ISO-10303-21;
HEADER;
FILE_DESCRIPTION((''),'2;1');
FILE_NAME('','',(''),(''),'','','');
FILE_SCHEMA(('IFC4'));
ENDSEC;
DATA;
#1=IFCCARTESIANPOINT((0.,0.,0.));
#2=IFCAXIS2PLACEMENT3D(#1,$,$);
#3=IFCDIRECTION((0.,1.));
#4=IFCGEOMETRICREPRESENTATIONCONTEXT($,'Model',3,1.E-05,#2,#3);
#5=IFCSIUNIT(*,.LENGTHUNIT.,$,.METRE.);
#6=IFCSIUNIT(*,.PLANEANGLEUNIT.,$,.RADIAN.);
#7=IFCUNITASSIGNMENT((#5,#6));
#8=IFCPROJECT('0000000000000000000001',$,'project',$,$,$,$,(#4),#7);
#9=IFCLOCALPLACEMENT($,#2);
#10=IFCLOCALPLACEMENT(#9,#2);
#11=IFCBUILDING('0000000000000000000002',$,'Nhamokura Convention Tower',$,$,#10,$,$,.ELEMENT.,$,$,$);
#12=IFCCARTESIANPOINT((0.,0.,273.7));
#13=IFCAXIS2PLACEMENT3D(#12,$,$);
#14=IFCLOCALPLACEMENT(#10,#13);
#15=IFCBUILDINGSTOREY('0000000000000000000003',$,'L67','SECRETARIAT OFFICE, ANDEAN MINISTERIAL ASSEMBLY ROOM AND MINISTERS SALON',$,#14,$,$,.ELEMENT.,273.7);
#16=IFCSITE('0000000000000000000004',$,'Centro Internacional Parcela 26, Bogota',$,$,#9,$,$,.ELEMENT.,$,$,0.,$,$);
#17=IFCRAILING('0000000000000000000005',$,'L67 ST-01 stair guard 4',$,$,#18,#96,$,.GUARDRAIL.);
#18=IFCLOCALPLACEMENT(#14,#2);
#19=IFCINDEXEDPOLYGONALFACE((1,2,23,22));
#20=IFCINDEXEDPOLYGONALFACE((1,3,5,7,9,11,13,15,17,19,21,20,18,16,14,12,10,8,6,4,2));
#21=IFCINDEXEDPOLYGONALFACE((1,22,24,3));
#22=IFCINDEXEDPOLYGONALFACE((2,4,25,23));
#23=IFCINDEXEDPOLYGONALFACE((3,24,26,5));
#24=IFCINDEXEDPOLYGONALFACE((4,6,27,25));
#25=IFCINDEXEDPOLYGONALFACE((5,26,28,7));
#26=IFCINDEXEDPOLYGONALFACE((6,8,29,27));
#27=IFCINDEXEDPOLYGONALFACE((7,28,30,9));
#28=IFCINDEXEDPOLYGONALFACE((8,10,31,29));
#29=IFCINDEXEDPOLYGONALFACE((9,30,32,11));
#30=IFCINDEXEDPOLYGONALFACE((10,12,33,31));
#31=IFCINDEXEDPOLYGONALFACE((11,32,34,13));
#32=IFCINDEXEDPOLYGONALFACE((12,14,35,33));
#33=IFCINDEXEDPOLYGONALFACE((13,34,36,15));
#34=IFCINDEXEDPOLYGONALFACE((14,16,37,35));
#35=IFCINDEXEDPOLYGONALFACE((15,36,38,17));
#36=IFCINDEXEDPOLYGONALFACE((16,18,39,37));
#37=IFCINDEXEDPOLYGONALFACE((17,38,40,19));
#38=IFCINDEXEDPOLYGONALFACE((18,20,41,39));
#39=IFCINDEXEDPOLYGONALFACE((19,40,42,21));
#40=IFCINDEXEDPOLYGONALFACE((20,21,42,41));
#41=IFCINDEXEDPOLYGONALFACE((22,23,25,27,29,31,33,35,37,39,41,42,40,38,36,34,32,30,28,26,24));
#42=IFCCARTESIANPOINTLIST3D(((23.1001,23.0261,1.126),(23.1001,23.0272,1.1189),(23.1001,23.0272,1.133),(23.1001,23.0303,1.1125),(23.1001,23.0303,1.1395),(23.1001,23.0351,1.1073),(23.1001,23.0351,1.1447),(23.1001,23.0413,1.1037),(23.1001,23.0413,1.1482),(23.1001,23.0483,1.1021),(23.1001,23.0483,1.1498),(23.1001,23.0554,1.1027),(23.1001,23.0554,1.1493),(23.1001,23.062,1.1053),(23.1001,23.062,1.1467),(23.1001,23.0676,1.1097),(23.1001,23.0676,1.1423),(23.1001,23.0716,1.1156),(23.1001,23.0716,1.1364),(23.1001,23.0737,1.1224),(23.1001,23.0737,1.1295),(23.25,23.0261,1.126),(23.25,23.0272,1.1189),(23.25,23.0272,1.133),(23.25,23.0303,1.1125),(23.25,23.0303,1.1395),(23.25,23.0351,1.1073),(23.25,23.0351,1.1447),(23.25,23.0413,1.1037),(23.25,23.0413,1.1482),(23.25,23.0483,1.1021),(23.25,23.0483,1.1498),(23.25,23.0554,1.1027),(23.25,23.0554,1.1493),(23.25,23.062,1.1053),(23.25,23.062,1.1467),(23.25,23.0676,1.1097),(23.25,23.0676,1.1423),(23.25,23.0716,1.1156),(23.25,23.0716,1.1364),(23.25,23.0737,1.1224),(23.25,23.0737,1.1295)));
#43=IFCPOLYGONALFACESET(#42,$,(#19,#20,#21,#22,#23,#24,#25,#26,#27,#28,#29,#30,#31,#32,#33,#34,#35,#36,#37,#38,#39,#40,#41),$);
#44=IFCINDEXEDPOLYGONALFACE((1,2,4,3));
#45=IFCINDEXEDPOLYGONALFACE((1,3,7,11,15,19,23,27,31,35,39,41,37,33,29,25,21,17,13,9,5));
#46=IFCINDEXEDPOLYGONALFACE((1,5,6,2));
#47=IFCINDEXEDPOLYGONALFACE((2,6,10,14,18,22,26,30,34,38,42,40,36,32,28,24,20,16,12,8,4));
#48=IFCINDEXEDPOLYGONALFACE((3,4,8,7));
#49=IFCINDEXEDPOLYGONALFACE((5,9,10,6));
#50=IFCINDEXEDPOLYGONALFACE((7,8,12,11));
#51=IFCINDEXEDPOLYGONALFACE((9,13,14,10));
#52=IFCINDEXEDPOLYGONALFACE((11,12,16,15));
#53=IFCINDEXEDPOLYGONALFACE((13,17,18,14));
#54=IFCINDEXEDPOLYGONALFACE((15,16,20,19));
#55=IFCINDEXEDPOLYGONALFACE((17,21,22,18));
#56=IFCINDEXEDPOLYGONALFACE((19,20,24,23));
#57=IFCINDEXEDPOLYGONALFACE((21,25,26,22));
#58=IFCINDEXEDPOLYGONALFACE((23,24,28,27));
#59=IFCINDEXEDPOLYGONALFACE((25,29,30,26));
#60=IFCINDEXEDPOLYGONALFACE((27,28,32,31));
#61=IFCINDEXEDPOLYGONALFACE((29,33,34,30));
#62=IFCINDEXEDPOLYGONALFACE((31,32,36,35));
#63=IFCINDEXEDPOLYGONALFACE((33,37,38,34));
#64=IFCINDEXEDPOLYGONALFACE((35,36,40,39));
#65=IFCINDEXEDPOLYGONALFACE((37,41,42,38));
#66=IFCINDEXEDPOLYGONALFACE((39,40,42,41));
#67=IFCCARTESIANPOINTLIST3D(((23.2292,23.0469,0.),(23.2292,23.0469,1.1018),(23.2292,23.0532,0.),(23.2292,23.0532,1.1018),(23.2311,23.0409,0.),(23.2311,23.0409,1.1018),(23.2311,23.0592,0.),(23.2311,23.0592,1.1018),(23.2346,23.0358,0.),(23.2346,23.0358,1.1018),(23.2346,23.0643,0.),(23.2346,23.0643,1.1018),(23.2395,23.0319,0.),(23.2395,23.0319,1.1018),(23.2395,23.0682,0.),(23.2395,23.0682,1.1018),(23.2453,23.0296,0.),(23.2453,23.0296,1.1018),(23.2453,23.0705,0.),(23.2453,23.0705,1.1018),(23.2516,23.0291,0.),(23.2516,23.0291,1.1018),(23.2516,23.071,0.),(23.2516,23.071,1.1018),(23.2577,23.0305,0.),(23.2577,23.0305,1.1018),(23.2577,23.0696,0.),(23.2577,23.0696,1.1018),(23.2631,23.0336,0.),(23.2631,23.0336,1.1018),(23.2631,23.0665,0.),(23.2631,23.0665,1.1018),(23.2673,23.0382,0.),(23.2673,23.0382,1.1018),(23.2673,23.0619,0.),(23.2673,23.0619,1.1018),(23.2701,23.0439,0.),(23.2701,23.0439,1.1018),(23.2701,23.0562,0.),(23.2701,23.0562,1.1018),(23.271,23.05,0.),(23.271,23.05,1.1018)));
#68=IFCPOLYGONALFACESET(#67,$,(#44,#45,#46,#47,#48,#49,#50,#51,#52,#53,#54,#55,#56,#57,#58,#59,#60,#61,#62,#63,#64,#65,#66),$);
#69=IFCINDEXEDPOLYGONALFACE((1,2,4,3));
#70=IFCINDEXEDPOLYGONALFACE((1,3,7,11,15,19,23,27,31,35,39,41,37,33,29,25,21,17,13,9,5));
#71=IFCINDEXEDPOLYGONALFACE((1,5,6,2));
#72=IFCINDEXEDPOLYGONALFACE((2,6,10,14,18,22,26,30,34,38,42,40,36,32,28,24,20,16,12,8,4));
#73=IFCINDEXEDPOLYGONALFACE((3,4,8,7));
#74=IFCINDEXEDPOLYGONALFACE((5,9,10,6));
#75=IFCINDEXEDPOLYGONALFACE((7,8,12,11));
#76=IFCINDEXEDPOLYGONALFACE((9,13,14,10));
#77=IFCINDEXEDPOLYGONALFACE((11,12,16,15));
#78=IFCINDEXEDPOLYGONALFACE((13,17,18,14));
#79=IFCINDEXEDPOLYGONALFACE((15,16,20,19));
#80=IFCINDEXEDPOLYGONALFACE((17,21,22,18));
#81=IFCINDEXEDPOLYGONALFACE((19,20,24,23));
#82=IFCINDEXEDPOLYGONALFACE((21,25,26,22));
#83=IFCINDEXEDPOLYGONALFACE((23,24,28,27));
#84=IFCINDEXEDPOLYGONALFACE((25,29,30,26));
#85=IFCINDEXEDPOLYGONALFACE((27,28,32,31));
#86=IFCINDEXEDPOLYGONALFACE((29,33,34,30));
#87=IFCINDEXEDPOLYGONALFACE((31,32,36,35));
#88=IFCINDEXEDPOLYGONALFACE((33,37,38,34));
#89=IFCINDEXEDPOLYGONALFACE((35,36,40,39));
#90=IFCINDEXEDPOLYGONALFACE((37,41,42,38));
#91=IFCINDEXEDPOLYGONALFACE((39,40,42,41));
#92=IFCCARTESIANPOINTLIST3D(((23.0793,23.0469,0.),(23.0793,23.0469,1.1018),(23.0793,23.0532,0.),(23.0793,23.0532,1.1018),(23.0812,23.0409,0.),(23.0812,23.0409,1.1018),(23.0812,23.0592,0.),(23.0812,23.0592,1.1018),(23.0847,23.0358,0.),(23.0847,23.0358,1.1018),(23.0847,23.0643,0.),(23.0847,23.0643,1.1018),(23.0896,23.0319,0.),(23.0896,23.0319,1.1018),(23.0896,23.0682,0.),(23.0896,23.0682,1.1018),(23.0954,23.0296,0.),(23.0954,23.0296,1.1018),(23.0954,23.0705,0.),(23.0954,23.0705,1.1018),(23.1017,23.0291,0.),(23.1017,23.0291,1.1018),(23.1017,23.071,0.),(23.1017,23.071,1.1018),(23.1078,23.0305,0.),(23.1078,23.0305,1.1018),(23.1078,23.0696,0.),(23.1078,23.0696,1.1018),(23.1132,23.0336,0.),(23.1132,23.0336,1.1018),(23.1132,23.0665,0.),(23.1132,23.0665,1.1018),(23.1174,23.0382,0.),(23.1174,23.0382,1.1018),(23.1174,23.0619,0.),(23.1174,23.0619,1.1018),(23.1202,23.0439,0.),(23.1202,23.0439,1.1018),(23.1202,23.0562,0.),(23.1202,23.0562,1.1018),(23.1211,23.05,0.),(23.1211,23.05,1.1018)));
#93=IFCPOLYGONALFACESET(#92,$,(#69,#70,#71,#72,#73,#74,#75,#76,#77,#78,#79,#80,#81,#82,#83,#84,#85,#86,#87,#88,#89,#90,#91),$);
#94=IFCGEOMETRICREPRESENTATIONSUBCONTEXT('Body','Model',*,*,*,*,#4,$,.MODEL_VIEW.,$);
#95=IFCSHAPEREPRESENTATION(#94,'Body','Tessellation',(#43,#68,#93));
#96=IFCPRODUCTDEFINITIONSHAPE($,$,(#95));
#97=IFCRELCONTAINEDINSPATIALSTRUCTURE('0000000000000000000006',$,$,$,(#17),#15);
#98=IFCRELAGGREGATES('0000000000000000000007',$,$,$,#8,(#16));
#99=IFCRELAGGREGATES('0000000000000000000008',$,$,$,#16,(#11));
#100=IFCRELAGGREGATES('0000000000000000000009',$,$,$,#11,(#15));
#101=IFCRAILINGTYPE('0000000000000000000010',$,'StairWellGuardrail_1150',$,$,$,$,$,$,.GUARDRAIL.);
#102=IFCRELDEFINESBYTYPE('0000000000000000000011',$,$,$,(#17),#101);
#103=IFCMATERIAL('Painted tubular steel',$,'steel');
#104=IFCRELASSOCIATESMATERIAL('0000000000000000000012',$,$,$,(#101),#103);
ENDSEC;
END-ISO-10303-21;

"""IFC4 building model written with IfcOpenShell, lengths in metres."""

from ifc_helpers import new_model, si_unit, direction, frame, origin, origin_2d, place, context, subcontext, project, spatial, circle, extrude, material, type_object, element, save


model = new_model("IFC4")

# Units and contexts
model_context = context("Model", 3, precision=1e-05, world=origin(), true_north=direction((0.0, 1.0)))
body_context = subcontext(model_context, "Body", "Model", "MODEL_VIEW")
ifc_project = project(units=[si_unit("LENGTHUNIT", "METRE"), si_unit("PLANEANGLEUNIT", "RADIAN")], contexts=[model_context])

# Site, building, storey
site_placement = place(None, origin())
site = spatial("IfcSite", under=ifc_project, at=site_placement, Name="Centro Internacional Parcela 26, Bogota", CompositionType="ELEMENT", RefElevation=0.0)
building_placement = place(site_placement, origin())
building = spatial("IfcBuilding", under=site, at=building_placement, Name="Nhamokura Convention Tower", CompositionType="ELEMENT")
storey_placement = place(building_placement, frame((0.0, 0.0, 273.7)))
storey = spatial("IfcBuildingStorey", under=building, at=storey_placement, Name="L67", Description="SECRETARIAT OFFICE, ANDEAN MINISTERIAL ASSEMBLY ROOM AND MINISTERS SALON", CompositionType="ELEMENT", Elevation=273.7)

# Railing
ifc_material_1 = material(Name="Painted tubular steel", Category="steel")
railing_type_1 = type_object("IfcRailingType", Name="StairWellGuardrail_1150", PredefinedType="GUARDRAIL", material=ifc_material_1)
railing_1_placement = place(storey_placement, frame((23.25, 23.05, 0.0)))
element("IfcRailing", 1, at=railing_1_placement, inside=storey, type_object=railing_type_1, Name="L67 ST-01 stair guard 4", PredefinedType="GUARDRAIL", context=body_context, shape_type="SweptSolid", body=[
    extrude(circle(Radius=0.0239, at=origin_2d()), frame((0.0, 0.0, 1.126), z_axis=(-1.0, 0.0, 0.0), x_axis=(0.0, -1.0, 0.0)), (0.0, 0.0, 1.0), 0.1499),
    extrude(circle(Radius=0.021, at=origin_2d()), origin(), (0.0, 0.0, 1.0), 1.1018),
    extrude(circle(Radius=0.021, at=origin_2d()), frame((-0.1499, 0.0, 0.0)), (0.0, 0.0, 1.0), 1.1018),
])

save(model, "model.ifc")
